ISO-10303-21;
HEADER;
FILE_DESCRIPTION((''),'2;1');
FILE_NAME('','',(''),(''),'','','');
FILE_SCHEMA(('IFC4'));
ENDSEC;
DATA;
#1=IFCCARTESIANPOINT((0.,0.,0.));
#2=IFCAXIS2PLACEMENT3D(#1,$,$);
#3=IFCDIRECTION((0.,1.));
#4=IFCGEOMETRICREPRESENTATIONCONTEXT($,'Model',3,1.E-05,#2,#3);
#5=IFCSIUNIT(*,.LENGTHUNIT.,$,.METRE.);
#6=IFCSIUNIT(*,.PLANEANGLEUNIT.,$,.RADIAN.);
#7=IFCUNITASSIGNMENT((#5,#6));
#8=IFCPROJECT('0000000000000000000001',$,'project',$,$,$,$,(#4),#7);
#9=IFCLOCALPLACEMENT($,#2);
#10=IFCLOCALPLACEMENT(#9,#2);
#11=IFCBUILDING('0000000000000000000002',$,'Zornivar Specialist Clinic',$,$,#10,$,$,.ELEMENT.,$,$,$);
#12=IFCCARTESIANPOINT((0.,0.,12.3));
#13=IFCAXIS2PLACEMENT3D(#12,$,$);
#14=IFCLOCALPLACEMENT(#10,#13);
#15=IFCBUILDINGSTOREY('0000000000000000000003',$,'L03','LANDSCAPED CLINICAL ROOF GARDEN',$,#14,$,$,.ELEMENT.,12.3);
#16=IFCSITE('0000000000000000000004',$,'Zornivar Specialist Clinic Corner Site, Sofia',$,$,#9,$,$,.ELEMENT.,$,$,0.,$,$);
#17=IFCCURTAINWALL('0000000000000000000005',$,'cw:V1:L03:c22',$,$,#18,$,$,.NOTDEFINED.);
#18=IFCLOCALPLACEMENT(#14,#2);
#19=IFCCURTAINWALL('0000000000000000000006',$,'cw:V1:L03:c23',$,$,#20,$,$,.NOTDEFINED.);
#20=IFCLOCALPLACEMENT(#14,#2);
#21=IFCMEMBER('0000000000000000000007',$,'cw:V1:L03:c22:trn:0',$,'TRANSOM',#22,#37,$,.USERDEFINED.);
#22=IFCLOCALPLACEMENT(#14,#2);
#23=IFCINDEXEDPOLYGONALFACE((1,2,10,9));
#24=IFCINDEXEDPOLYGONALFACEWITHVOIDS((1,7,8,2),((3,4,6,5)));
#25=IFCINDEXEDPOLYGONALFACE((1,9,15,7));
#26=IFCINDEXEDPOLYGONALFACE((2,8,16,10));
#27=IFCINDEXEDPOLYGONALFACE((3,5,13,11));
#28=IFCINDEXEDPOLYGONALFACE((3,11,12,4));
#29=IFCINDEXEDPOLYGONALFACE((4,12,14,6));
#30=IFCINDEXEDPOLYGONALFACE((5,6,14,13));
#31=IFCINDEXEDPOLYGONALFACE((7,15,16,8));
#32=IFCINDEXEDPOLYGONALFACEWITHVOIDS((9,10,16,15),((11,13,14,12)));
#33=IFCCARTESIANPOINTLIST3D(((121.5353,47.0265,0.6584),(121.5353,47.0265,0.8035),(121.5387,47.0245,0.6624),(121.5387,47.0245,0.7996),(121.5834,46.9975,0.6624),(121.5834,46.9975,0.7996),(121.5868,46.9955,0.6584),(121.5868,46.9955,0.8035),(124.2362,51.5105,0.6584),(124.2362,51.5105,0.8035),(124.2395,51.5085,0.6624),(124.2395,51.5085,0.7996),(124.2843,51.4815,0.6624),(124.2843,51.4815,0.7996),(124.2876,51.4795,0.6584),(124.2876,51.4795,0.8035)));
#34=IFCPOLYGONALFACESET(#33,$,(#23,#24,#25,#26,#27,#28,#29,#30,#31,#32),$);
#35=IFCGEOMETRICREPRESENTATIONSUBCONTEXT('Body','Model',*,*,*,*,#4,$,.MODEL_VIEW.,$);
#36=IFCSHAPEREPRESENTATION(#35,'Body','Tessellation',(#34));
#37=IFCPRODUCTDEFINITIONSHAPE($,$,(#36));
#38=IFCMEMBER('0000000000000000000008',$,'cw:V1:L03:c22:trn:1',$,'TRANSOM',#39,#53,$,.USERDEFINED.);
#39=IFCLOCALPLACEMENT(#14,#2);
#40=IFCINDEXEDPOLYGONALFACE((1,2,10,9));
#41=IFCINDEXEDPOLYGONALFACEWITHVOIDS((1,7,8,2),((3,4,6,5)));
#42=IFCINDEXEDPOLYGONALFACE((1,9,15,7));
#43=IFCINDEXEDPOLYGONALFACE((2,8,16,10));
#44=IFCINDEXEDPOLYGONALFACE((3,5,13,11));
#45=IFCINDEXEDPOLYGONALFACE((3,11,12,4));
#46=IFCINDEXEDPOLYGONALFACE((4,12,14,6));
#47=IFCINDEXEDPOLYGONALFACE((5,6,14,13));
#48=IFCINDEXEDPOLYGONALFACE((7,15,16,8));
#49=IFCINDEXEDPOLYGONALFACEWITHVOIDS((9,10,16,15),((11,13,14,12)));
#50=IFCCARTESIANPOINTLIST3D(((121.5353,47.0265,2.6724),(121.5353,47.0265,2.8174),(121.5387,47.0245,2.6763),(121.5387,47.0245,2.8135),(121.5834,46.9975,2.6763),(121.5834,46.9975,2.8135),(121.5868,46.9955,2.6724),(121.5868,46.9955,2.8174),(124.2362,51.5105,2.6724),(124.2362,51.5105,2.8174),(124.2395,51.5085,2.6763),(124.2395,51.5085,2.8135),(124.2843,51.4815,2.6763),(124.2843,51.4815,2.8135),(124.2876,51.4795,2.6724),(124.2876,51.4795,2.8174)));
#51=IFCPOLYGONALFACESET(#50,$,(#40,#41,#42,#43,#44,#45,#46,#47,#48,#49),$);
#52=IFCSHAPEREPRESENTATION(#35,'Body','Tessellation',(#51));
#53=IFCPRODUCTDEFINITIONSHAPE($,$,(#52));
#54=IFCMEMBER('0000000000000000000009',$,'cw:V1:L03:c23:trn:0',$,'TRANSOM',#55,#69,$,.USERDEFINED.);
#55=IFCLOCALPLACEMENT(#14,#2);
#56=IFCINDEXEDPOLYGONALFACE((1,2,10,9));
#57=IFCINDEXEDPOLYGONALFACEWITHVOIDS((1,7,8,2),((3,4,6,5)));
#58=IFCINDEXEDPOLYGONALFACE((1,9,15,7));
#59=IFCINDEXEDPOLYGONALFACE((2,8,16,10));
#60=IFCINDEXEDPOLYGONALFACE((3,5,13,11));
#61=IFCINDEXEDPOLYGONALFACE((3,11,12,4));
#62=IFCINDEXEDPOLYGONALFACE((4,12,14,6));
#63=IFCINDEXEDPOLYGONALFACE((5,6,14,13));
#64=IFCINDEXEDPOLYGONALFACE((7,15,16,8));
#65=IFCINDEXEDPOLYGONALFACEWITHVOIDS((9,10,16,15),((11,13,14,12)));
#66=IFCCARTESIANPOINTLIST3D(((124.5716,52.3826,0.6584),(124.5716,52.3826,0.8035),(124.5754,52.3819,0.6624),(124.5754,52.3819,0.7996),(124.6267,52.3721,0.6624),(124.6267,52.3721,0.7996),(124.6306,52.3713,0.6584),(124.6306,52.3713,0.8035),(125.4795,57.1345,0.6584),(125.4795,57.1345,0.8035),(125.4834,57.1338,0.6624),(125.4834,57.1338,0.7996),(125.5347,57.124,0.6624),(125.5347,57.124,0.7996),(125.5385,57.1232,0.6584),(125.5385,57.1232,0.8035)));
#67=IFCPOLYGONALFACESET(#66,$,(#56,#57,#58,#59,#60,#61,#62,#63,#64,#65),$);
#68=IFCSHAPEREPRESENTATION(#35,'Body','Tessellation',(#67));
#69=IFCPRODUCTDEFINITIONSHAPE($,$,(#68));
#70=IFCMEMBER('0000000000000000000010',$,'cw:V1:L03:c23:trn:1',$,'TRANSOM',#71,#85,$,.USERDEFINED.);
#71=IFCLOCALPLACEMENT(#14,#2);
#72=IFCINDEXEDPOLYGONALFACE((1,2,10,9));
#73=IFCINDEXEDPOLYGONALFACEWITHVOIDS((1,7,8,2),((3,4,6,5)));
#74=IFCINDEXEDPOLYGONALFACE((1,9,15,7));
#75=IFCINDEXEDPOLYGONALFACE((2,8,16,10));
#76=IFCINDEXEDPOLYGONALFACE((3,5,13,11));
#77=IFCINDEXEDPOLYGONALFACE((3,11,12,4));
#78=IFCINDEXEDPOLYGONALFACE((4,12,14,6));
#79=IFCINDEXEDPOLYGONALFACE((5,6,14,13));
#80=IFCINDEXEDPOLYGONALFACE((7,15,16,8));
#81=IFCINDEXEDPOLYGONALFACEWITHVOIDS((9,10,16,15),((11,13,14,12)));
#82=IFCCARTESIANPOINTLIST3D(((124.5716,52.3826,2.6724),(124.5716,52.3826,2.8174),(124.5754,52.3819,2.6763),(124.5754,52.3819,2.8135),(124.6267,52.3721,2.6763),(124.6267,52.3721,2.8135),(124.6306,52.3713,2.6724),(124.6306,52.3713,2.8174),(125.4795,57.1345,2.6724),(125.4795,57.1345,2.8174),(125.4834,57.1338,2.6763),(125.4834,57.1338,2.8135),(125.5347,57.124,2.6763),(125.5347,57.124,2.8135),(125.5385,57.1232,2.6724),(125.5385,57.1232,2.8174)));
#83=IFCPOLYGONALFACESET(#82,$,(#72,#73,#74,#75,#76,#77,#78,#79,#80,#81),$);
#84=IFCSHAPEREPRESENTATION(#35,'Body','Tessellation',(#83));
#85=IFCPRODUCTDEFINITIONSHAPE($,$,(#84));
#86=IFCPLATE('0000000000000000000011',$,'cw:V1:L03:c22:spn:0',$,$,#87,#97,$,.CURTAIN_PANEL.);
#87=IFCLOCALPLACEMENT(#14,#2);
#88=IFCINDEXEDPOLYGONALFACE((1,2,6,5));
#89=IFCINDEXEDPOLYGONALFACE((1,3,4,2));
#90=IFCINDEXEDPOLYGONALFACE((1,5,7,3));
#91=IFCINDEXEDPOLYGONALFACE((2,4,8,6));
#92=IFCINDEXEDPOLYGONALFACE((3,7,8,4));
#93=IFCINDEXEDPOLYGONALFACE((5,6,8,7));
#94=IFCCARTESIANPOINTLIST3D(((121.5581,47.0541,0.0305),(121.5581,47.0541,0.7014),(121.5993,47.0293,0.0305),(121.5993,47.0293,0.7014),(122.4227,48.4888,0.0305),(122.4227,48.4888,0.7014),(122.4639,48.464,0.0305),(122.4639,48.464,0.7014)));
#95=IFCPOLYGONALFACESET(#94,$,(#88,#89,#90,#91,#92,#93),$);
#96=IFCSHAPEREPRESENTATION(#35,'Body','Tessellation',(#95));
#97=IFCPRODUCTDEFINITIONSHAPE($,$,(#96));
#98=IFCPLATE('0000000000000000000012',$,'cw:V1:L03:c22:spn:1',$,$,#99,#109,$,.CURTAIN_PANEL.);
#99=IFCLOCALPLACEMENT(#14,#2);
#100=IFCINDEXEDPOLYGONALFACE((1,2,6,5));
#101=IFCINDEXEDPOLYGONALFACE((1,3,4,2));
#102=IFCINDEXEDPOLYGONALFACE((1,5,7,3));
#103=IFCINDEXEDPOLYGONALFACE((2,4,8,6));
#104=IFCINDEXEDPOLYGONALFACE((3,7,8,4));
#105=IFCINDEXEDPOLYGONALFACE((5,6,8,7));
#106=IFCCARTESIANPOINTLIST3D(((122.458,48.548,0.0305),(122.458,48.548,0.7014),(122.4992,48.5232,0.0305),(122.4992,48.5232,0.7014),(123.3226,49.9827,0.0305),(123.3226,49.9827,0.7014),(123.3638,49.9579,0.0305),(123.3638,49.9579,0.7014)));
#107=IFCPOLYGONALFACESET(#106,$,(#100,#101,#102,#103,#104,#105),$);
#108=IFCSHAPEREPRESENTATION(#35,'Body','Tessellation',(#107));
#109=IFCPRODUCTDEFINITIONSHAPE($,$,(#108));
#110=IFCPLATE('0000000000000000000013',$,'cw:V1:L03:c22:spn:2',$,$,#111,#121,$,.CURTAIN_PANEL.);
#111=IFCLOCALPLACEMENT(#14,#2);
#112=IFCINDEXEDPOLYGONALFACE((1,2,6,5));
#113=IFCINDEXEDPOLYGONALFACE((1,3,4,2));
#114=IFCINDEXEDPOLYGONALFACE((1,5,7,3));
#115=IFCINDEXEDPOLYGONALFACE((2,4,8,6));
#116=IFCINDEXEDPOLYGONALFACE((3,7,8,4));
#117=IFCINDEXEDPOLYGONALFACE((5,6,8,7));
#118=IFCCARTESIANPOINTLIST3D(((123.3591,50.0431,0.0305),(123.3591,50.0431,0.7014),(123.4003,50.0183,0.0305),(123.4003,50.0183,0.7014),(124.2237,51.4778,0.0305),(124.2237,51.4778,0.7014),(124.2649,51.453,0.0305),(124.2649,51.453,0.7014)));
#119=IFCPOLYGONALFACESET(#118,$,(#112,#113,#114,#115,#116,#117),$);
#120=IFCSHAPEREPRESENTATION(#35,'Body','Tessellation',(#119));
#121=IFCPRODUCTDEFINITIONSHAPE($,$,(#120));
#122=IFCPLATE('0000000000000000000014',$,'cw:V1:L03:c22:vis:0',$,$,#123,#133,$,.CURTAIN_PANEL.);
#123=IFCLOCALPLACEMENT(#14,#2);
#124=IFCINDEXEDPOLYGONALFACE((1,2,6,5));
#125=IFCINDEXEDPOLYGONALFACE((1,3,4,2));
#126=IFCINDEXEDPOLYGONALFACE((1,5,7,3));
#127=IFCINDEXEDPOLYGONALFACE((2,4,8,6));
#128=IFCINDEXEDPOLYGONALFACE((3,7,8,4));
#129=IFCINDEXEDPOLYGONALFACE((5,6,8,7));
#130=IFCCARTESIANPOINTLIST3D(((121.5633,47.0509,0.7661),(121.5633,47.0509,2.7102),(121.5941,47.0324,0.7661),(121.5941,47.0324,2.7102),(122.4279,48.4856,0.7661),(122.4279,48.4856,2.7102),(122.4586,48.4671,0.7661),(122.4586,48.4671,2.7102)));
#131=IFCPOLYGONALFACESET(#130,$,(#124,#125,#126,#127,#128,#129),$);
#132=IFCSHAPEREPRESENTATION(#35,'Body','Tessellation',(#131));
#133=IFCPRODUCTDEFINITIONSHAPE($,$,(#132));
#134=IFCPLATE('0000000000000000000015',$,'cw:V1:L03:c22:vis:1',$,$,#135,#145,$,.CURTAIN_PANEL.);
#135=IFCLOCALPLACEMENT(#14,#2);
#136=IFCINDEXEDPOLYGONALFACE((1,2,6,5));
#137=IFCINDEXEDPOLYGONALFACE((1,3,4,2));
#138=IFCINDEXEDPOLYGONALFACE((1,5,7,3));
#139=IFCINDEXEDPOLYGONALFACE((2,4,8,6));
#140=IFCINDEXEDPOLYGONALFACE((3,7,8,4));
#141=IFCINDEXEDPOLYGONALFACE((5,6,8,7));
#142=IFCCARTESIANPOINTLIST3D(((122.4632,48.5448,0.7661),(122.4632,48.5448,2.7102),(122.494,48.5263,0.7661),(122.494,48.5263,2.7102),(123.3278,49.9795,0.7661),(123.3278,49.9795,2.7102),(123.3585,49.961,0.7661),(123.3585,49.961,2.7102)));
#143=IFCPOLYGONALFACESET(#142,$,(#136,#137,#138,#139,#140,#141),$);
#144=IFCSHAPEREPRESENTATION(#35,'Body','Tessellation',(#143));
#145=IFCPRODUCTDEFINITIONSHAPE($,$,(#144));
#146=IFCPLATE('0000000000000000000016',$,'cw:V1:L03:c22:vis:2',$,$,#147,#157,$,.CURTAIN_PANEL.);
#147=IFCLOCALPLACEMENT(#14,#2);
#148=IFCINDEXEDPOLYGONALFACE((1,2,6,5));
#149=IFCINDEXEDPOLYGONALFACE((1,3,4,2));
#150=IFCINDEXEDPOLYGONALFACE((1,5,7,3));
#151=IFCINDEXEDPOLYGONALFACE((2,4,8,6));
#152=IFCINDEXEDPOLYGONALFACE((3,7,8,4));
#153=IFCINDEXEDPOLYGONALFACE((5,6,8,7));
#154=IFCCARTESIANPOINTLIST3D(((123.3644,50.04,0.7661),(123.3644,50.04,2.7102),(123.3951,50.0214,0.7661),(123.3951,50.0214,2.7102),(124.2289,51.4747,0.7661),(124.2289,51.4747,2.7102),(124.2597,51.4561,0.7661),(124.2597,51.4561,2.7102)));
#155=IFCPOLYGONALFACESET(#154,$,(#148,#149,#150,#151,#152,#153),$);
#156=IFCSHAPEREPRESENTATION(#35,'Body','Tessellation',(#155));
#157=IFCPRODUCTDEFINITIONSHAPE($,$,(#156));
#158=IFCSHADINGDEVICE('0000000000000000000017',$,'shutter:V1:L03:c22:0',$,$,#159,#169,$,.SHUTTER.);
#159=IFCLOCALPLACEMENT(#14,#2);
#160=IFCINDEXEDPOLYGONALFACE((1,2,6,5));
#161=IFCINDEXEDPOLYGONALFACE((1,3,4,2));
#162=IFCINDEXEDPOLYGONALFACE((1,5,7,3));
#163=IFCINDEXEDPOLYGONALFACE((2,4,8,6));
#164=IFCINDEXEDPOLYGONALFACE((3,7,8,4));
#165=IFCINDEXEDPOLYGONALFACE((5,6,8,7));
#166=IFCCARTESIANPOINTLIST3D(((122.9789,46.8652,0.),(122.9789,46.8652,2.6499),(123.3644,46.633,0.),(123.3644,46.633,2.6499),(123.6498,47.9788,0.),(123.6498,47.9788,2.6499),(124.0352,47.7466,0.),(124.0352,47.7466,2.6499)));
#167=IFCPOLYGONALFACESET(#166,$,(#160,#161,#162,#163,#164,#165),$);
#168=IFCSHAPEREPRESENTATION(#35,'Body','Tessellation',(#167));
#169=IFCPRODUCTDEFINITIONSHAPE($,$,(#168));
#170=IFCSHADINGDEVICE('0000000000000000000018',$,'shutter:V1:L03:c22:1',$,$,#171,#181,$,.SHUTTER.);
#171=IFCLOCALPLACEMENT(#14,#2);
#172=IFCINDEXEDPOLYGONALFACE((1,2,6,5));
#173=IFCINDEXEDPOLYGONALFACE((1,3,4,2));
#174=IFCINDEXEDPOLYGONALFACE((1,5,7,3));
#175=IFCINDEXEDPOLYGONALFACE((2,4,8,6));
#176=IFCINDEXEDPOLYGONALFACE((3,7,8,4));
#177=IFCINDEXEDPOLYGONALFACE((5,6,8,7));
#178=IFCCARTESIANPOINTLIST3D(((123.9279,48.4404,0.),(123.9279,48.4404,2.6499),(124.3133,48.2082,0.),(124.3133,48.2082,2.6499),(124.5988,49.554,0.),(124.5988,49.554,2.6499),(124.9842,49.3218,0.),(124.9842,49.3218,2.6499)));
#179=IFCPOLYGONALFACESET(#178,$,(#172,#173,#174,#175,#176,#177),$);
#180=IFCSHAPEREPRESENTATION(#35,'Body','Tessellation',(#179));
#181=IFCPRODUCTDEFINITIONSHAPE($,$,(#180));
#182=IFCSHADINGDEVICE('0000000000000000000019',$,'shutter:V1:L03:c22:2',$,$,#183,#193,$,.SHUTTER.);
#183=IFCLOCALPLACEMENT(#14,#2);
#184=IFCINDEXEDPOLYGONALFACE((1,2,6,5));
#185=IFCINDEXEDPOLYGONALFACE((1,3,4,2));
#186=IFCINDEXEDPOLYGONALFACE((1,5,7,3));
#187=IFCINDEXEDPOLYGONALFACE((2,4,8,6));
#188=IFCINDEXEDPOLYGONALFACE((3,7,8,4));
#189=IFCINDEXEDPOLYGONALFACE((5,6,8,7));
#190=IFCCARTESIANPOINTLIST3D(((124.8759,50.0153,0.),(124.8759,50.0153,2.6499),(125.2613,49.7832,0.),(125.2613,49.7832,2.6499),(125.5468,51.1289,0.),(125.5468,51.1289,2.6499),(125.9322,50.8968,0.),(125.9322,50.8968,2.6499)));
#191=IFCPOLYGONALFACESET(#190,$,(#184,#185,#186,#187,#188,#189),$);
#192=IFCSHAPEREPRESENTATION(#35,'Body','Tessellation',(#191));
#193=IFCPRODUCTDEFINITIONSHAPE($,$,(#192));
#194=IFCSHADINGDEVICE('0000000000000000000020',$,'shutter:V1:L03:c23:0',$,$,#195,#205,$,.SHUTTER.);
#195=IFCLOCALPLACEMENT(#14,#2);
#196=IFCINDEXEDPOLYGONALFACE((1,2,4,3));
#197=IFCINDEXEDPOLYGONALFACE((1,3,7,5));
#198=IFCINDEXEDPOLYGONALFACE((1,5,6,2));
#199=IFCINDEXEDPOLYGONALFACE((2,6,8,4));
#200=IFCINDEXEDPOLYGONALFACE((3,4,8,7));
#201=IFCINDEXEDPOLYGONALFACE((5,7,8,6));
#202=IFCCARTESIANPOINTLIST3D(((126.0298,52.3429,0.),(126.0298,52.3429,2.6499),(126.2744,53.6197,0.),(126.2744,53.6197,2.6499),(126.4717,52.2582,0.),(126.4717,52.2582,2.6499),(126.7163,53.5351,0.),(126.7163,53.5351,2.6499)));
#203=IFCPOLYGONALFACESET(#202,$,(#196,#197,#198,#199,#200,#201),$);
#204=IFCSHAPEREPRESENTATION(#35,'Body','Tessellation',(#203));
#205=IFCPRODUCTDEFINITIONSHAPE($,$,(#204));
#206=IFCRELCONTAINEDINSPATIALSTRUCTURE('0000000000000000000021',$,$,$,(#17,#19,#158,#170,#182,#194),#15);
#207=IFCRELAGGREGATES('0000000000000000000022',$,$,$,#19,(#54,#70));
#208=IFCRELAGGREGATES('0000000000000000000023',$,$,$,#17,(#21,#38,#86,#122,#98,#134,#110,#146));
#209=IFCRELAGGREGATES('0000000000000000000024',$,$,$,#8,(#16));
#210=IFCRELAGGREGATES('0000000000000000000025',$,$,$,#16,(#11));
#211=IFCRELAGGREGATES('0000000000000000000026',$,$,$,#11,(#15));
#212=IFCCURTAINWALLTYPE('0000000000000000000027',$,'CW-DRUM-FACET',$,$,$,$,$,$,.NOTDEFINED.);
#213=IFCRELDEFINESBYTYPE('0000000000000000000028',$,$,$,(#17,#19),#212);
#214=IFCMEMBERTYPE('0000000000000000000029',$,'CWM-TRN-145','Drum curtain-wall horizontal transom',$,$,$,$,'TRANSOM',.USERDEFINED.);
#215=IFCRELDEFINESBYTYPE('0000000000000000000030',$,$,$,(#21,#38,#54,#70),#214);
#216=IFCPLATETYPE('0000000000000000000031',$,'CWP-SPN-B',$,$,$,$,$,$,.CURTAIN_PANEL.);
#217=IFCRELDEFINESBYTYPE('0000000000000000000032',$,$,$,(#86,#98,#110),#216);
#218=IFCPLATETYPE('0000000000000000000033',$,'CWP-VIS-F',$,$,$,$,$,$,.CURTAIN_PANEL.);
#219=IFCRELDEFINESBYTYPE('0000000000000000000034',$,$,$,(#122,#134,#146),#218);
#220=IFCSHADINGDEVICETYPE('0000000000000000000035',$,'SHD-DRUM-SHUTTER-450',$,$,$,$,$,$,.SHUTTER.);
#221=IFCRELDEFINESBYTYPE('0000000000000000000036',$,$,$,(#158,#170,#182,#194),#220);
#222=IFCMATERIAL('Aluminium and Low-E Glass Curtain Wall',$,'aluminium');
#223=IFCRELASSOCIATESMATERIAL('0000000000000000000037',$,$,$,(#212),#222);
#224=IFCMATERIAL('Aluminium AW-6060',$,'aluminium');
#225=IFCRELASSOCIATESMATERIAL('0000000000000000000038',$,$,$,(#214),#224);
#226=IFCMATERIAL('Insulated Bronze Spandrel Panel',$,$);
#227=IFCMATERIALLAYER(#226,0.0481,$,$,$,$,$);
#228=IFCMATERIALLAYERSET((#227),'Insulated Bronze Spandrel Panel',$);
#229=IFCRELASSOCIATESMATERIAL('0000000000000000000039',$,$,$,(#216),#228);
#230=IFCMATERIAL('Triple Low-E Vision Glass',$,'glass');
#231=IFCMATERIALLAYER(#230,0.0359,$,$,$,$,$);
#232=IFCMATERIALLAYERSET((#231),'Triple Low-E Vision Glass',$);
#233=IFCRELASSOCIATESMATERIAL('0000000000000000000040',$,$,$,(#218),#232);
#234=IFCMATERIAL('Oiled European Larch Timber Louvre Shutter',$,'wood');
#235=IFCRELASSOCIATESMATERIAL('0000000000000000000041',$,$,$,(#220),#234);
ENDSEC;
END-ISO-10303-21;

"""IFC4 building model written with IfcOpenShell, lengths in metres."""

from ifc_helpers import new_model, si_unit, direction, frame, origin, origin_2d, place, context, subcontext, project, spatial, rectangle, hollow_rectangle, extrude, material, layer, layer_set, material_profile, profile_set, type_object, element, aggregate, save


model = new_model("IFC4")

# Units and contexts
model_context = context("Model", 3, precision=1e-05, world=origin(), true_north=direction((0.0, 1.0)))
body_context = subcontext(model_context, "Body", "Model", "MODEL_VIEW")
ifc_project = project(units=[si_unit("LENGTHUNIT", "METRE"), si_unit("PLANEANGLEUNIT", "RADIAN")], contexts=[model_context])

# Site, building, storey
site_placement = place(None, origin())
site = spatial("IfcSite", under=ifc_project, at=site_placement, Name="Zornivar Specialist Clinic Corner Site, Sofia", CompositionType="ELEMENT", RefElevation=0.0)
building_placement = place(site_placement, origin())
building = spatial("IfcBuilding", under=site, at=building_placement, Name="Zornivar Specialist Clinic", CompositionType="ELEMENT")
storey_placement = place(building_placement, frame((0.0, 0.0, 12.3)))
storey = spatial("IfcBuildingStorey", under=building, at=storey_placement, Name="L03", Description="LANDSCAPED CLINICAL ROOF GARDEN", CompositionType="ELEMENT", Elevation=12.3)

# Curtain wall
ifc_material_1 = material(Name="Aluminium and Low-E Glass Curtain Wall", Category="aluminium")
curtain_wall_type = type_object("IfcCurtainWallType", Name="CW-DRUM-FACET", PredefinedType="NOTDEFINED", material=ifc_material_1)
curtain_wall_1_placement = place(storey_placement, origin())
curtain_wall_1 = element("IfcCurtainWall", 1, at=curtain_wall_1_placement, inside=storey, type_object=curtain_wall_type, Name="cw:V1:L03:c22", PredefinedType="NOTDEFINED")

# Curtain wall
curtain_wall_2_placement = place(storey_placement, origin())
curtain_wall_2 = element("IfcCurtainWall", 2, at=curtain_wall_2_placement, inside=storey, type_object=curtain_wall_type, Name="cw:V1:L03:c23", PredefinedType="NOTDEFINED")

# Members
ifc_material_2 = material(Name="Aluminium AW-6060", Category="aluminium")
ifc_material_profile_1 = material_profile(ifc_material_2, hollow_rectangle(XDim=0.0601, YDim=0.145, WallThickness=0.0039, at=origin_2d()), Name="ALU 60x145x4")
ifc_profile_set_1 = profile_set([ifc_material_profile_1], Name="Aluminium AW-6060")
member_type_1 = type_object("IfcMemberType", Name="CWM-TRN-145", Description="Drum curtain-wall horizontal transom", ElementType="TRANSOM", PredefinedType="USERDEFINED", material=ifc_profile_set_1)
member_1_placement = place(storey_placement, frame((121.561, 47.011, 0.731), z_axis=(0.515963, 0.856611, 0.0), x_axis=(-0.856611, 0.515963, 0.0)))
member_1 = element("IfcMember", 3, at=member_1_placement, type_object=member_type_1, Name="cw:V1:L03:c22:trn:0", ObjectType="TRANSOM", PredefinedType="USERDEFINED", context=body_context, shape_type="SweptSolid", body=[
    extrude(hollow_rectangle(XDim=0.0601, YDim=0.145, WallThickness=0.0039, at=origin_2d()), origin(), (0.0, 0.0, 1.0), 5.2346),
])
member_2_placement = place(storey_placement, frame((121.561, 47.011, 2.7449), z_axis=(0.515963, 0.856611, 0.0), x_axis=(-0.856611, 0.515963, 0.0)))
member_2 = element("IfcMember", 4, at=member_2_placement, type_object=member_type_1, Name="cw:V1:L03:c22:trn:1", ObjectType="TRANSOM", PredefinedType="USERDEFINED", context=body_context, shape_type="SweptSolid", body=[
    extrude(hollow_rectangle(XDim=0.0601, YDim=0.145, WallThickness=0.0039, at=origin_2d()), origin(), (0.0, 0.0, 1.0), 5.2346),
])
member_3_placement = place(storey_placement, frame((124.6011, 52.377, 0.731), z_axis=(0.187676, 0.982231, 0.0), x_axis=(-0.982231, 0.187676, 0.0)))
member_3 = element("IfcMember", 5, at=member_3_placement, type_object=member_type_1, Name="cw:V1:L03:c23:trn:0", ObjectType="TRANSOM", PredefinedType="USERDEFINED", context=body_context, shape_type="SweptSolid", body=[
    extrude(hollow_rectangle(XDim=0.0601, YDim=0.145, WallThickness=0.0039, at=origin_2d()), origin(), (0.0, 0.0, 1.0), 4.8379),
])
member_4_placement = place(storey_placement, frame((124.6011, 52.377, 2.7449), z_axis=(0.187676, 0.982231, 0.0), x_axis=(-0.982231, 0.187676, 0.0)))
member_4 = element("IfcMember", 6, at=member_4_placement, type_object=member_type_1, Name="cw:V1:L03:c23:trn:1", ObjectType="TRANSOM", PredefinedType="USERDEFINED", context=body_context, shape_type="SweptSolid", body=[
    extrude(hollow_rectangle(XDim=0.0601, YDim=0.145, WallThickness=0.0039, at=origin_2d()), origin(), (0.0, 0.0, 1.0), 4.8379),
])
aggregate(curtain_wall_2, [member_3, member_4])

# Plates
ifc_material_3 = material(Name="Insulated Bronze Spandrel Panel")
ifc_layer_1 = layer(ifc_material_3, 0.0481)
ifc_layer_set_1 = layer_set([ifc_layer_1], Name="Insulated Bronze Spandrel Panel")
plate_type_1 = type_object("IfcPlateType", Name="CWP-SPN-B", PredefinedType="CURTAIN_PANEL", material=ifc_layer_set_1)
plate_1_placement = place(storey_placement, frame((122.011, 47.759, 0.0305), z_axis=(0.0, 0.0, 1.0), x_axis=(0.516127, 0.856512, 0.0)))
plate_1 = element("IfcPlate", 7, at=plate_1_placement, type_object=plate_type_1, Name="cw:V1:L03:c22:spn:0", PredefinedType="CURTAIN_PANEL", context=body_context, shape_type="SweptSolid", body=[
    extrude(rectangle(XDim=1.675, YDim=0.0481, at=origin_2d()), origin(), (0.0, 0.0, 1.0), 0.6709),
])
plate_2_placement = place(storey_placement, frame((122.9109, 49.2529, 0.0305), z_axis=(0.0, 0.0, 1.0), x_axis=(0.516127, 0.856512, 0.0)))
plate_2 = element("IfcPlate", 8, at=plate_2_placement, type_object=plate_type_1, Name="cw:V1:L03:c22:spn:1", PredefinedType="CURTAIN_PANEL", context=body_context, shape_type="SweptSolid", body=[
    extrude(rectangle(XDim=1.675, YDim=0.0481, at=origin_2d()), origin(), (0.0, 0.0, 1.0), 0.6709),
])
plate_3_placement = place(storey_placement, frame((123.812, 50.748, 0.0305), z_axis=(0.0, 0.0, 1.0), x_axis=(0.516127, 0.856512, 0.0)))
plate_3 = element("IfcPlate", 9, at=plate_3_placement, type_object=plate_type_1, Name="cw:V1:L03:c22:spn:2", PredefinedType="CURTAIN_PANEL", context=body_context, shape_type="SweptSolid", body=[
    extrude(rectangle(XDim=1.675, YDim=0.0481, at=origin_2d()), origin(), (0.0, 0.0, 1.0), 0.6709),
])
ifc_material_4 = material(Name="Triple Low-E Vision Glass", Category="glass")
ifc_layer_2 = layer(ifc_material_4, 0.0359)
ifc_layer_set_2 = layer_set([ifc_layer_2], Name="Triple Low-E Vision Glass")
plate_type_2 = type_object("IfcPlateType", Name="CWP-VIS-F", PredefinedType="CURTAIN_PANEL", material=ifc_layer_set_2)
plate_4_placement = place(storey_placement, frame((122.011, 47.759, 0.7661), z_axis=(0.0, 0.0, 1.0), x_axis=(0.516127, 0.856512, 0.0)))
plate_4 = element("IfcPlate", 10, at=plate_4_placement, type_object=plate_type_2, Name="cw:V1:L03:c22:vis:0", PredefinedType="CURTAIN_PANEL", context=body_context, shape_type="SweptSolid", body=[
    extrude(rectangle(XDim=1.675, YDim=0.0359, at=origin_2d()), origin(), (0.0, 0.0, 1.0), 1.9441),
])
plate_5_placement = place(storey_placement, frame((122.9109, 49.2529, 0.7661), z_axis=(0.0, 0.0, 1.0), x_axis=(0.516127, 0.856512, 0.0)))
plate_5 = element("IfcPlate", 11, at=plate_5_placement, type_object=plate_type_2, Name="cw:V1:L03:c22:vis:1", PredefinedType="CURTAIN_PANEL", context=body_context, shape_type="SweptSolid", body=[
    extrude(rectangle(XDim=1.675, YDim=0.0359, at=origin_2d()), origin(), (0.0, 0.0, 1.0), 1.9441),
])
plate_6_placement = place(storey_placement, frame((123.812, 50.748, 0.7661), z_axis=(0.0, 0.0, 1.0), x_axis=(0.516127, 0.856512, 0.0)))
plate_6 = element("IfcPlate", 12, at=plate_6_placement, type_object=plate_type_2, Name="cw:V1:L03:c22:vis:2", PredefinedType="CURTAIN_PANEL", context=body_context, shape_type="SweptSolid", body=[
    extrude(rectangle(XDim=1.675, YDim=0.0359, at=origin_2d()), origin(), (0.0, 0.0, 1.0), 1.9441),
])
aggregate(curtain_wall_1, [member_1, member_2, plate_1, plate_4, plate_2, plate_5, plate_3, plate_6])

# Shading devices
ifc_material_5 = material(Name="Oiled European Larch Timber Louvre Shutter", Category="wood")
shading_device_type = type_object("IfcShadingDeviceType", Name="SHD-DRUM-SHUTTER-450", PredefinedType="SHUTTER", material=ifc_material_5)
for number, where, z_axis, x_axis, name in (
    (13, (123.5071, 47.3059, 0.0), (0.0, 0.0, 1.0), (0.516018, 0.856578, 0.0), "shutter:V1:L03:c22:0"),
    (14, (124.4561, 48.8811, 0.0), (0.0, 0.0, 1.0), (0.516018, 0.856578, 0.0), "shutter:V1:L03:c22:1"),
    (15, (125.4041, 50.4561, 0.0), (0.0, 0.0, 1.0), (0.516018, 0.856578, 0.0), "shutter:V1:L03:c22:2"),
    (16, (126.373, 52.939, 0.0), (0.0, 0.0, 1.0), (0.188099, 0.98215, 0.0), "shutter:V1:L03:c23:0"),
):
    element("IfcShadingDevice", number, at=place(storey_placement, frame(where, z_axis=z_axis, x_axis=x_axis)), inside=storey, type_object=shading_device_type, Name=name, PredefinedType="SHUTTER", context=body_context, shape_type="SweptSolid", body=[
        extrude(rectangle(XDim=1.3, YDim=0.45, at=origin_2d()), origin(), (0.0, 0.0, 1.0), 2.6499),
    ])

save(model, "model.ifc")
